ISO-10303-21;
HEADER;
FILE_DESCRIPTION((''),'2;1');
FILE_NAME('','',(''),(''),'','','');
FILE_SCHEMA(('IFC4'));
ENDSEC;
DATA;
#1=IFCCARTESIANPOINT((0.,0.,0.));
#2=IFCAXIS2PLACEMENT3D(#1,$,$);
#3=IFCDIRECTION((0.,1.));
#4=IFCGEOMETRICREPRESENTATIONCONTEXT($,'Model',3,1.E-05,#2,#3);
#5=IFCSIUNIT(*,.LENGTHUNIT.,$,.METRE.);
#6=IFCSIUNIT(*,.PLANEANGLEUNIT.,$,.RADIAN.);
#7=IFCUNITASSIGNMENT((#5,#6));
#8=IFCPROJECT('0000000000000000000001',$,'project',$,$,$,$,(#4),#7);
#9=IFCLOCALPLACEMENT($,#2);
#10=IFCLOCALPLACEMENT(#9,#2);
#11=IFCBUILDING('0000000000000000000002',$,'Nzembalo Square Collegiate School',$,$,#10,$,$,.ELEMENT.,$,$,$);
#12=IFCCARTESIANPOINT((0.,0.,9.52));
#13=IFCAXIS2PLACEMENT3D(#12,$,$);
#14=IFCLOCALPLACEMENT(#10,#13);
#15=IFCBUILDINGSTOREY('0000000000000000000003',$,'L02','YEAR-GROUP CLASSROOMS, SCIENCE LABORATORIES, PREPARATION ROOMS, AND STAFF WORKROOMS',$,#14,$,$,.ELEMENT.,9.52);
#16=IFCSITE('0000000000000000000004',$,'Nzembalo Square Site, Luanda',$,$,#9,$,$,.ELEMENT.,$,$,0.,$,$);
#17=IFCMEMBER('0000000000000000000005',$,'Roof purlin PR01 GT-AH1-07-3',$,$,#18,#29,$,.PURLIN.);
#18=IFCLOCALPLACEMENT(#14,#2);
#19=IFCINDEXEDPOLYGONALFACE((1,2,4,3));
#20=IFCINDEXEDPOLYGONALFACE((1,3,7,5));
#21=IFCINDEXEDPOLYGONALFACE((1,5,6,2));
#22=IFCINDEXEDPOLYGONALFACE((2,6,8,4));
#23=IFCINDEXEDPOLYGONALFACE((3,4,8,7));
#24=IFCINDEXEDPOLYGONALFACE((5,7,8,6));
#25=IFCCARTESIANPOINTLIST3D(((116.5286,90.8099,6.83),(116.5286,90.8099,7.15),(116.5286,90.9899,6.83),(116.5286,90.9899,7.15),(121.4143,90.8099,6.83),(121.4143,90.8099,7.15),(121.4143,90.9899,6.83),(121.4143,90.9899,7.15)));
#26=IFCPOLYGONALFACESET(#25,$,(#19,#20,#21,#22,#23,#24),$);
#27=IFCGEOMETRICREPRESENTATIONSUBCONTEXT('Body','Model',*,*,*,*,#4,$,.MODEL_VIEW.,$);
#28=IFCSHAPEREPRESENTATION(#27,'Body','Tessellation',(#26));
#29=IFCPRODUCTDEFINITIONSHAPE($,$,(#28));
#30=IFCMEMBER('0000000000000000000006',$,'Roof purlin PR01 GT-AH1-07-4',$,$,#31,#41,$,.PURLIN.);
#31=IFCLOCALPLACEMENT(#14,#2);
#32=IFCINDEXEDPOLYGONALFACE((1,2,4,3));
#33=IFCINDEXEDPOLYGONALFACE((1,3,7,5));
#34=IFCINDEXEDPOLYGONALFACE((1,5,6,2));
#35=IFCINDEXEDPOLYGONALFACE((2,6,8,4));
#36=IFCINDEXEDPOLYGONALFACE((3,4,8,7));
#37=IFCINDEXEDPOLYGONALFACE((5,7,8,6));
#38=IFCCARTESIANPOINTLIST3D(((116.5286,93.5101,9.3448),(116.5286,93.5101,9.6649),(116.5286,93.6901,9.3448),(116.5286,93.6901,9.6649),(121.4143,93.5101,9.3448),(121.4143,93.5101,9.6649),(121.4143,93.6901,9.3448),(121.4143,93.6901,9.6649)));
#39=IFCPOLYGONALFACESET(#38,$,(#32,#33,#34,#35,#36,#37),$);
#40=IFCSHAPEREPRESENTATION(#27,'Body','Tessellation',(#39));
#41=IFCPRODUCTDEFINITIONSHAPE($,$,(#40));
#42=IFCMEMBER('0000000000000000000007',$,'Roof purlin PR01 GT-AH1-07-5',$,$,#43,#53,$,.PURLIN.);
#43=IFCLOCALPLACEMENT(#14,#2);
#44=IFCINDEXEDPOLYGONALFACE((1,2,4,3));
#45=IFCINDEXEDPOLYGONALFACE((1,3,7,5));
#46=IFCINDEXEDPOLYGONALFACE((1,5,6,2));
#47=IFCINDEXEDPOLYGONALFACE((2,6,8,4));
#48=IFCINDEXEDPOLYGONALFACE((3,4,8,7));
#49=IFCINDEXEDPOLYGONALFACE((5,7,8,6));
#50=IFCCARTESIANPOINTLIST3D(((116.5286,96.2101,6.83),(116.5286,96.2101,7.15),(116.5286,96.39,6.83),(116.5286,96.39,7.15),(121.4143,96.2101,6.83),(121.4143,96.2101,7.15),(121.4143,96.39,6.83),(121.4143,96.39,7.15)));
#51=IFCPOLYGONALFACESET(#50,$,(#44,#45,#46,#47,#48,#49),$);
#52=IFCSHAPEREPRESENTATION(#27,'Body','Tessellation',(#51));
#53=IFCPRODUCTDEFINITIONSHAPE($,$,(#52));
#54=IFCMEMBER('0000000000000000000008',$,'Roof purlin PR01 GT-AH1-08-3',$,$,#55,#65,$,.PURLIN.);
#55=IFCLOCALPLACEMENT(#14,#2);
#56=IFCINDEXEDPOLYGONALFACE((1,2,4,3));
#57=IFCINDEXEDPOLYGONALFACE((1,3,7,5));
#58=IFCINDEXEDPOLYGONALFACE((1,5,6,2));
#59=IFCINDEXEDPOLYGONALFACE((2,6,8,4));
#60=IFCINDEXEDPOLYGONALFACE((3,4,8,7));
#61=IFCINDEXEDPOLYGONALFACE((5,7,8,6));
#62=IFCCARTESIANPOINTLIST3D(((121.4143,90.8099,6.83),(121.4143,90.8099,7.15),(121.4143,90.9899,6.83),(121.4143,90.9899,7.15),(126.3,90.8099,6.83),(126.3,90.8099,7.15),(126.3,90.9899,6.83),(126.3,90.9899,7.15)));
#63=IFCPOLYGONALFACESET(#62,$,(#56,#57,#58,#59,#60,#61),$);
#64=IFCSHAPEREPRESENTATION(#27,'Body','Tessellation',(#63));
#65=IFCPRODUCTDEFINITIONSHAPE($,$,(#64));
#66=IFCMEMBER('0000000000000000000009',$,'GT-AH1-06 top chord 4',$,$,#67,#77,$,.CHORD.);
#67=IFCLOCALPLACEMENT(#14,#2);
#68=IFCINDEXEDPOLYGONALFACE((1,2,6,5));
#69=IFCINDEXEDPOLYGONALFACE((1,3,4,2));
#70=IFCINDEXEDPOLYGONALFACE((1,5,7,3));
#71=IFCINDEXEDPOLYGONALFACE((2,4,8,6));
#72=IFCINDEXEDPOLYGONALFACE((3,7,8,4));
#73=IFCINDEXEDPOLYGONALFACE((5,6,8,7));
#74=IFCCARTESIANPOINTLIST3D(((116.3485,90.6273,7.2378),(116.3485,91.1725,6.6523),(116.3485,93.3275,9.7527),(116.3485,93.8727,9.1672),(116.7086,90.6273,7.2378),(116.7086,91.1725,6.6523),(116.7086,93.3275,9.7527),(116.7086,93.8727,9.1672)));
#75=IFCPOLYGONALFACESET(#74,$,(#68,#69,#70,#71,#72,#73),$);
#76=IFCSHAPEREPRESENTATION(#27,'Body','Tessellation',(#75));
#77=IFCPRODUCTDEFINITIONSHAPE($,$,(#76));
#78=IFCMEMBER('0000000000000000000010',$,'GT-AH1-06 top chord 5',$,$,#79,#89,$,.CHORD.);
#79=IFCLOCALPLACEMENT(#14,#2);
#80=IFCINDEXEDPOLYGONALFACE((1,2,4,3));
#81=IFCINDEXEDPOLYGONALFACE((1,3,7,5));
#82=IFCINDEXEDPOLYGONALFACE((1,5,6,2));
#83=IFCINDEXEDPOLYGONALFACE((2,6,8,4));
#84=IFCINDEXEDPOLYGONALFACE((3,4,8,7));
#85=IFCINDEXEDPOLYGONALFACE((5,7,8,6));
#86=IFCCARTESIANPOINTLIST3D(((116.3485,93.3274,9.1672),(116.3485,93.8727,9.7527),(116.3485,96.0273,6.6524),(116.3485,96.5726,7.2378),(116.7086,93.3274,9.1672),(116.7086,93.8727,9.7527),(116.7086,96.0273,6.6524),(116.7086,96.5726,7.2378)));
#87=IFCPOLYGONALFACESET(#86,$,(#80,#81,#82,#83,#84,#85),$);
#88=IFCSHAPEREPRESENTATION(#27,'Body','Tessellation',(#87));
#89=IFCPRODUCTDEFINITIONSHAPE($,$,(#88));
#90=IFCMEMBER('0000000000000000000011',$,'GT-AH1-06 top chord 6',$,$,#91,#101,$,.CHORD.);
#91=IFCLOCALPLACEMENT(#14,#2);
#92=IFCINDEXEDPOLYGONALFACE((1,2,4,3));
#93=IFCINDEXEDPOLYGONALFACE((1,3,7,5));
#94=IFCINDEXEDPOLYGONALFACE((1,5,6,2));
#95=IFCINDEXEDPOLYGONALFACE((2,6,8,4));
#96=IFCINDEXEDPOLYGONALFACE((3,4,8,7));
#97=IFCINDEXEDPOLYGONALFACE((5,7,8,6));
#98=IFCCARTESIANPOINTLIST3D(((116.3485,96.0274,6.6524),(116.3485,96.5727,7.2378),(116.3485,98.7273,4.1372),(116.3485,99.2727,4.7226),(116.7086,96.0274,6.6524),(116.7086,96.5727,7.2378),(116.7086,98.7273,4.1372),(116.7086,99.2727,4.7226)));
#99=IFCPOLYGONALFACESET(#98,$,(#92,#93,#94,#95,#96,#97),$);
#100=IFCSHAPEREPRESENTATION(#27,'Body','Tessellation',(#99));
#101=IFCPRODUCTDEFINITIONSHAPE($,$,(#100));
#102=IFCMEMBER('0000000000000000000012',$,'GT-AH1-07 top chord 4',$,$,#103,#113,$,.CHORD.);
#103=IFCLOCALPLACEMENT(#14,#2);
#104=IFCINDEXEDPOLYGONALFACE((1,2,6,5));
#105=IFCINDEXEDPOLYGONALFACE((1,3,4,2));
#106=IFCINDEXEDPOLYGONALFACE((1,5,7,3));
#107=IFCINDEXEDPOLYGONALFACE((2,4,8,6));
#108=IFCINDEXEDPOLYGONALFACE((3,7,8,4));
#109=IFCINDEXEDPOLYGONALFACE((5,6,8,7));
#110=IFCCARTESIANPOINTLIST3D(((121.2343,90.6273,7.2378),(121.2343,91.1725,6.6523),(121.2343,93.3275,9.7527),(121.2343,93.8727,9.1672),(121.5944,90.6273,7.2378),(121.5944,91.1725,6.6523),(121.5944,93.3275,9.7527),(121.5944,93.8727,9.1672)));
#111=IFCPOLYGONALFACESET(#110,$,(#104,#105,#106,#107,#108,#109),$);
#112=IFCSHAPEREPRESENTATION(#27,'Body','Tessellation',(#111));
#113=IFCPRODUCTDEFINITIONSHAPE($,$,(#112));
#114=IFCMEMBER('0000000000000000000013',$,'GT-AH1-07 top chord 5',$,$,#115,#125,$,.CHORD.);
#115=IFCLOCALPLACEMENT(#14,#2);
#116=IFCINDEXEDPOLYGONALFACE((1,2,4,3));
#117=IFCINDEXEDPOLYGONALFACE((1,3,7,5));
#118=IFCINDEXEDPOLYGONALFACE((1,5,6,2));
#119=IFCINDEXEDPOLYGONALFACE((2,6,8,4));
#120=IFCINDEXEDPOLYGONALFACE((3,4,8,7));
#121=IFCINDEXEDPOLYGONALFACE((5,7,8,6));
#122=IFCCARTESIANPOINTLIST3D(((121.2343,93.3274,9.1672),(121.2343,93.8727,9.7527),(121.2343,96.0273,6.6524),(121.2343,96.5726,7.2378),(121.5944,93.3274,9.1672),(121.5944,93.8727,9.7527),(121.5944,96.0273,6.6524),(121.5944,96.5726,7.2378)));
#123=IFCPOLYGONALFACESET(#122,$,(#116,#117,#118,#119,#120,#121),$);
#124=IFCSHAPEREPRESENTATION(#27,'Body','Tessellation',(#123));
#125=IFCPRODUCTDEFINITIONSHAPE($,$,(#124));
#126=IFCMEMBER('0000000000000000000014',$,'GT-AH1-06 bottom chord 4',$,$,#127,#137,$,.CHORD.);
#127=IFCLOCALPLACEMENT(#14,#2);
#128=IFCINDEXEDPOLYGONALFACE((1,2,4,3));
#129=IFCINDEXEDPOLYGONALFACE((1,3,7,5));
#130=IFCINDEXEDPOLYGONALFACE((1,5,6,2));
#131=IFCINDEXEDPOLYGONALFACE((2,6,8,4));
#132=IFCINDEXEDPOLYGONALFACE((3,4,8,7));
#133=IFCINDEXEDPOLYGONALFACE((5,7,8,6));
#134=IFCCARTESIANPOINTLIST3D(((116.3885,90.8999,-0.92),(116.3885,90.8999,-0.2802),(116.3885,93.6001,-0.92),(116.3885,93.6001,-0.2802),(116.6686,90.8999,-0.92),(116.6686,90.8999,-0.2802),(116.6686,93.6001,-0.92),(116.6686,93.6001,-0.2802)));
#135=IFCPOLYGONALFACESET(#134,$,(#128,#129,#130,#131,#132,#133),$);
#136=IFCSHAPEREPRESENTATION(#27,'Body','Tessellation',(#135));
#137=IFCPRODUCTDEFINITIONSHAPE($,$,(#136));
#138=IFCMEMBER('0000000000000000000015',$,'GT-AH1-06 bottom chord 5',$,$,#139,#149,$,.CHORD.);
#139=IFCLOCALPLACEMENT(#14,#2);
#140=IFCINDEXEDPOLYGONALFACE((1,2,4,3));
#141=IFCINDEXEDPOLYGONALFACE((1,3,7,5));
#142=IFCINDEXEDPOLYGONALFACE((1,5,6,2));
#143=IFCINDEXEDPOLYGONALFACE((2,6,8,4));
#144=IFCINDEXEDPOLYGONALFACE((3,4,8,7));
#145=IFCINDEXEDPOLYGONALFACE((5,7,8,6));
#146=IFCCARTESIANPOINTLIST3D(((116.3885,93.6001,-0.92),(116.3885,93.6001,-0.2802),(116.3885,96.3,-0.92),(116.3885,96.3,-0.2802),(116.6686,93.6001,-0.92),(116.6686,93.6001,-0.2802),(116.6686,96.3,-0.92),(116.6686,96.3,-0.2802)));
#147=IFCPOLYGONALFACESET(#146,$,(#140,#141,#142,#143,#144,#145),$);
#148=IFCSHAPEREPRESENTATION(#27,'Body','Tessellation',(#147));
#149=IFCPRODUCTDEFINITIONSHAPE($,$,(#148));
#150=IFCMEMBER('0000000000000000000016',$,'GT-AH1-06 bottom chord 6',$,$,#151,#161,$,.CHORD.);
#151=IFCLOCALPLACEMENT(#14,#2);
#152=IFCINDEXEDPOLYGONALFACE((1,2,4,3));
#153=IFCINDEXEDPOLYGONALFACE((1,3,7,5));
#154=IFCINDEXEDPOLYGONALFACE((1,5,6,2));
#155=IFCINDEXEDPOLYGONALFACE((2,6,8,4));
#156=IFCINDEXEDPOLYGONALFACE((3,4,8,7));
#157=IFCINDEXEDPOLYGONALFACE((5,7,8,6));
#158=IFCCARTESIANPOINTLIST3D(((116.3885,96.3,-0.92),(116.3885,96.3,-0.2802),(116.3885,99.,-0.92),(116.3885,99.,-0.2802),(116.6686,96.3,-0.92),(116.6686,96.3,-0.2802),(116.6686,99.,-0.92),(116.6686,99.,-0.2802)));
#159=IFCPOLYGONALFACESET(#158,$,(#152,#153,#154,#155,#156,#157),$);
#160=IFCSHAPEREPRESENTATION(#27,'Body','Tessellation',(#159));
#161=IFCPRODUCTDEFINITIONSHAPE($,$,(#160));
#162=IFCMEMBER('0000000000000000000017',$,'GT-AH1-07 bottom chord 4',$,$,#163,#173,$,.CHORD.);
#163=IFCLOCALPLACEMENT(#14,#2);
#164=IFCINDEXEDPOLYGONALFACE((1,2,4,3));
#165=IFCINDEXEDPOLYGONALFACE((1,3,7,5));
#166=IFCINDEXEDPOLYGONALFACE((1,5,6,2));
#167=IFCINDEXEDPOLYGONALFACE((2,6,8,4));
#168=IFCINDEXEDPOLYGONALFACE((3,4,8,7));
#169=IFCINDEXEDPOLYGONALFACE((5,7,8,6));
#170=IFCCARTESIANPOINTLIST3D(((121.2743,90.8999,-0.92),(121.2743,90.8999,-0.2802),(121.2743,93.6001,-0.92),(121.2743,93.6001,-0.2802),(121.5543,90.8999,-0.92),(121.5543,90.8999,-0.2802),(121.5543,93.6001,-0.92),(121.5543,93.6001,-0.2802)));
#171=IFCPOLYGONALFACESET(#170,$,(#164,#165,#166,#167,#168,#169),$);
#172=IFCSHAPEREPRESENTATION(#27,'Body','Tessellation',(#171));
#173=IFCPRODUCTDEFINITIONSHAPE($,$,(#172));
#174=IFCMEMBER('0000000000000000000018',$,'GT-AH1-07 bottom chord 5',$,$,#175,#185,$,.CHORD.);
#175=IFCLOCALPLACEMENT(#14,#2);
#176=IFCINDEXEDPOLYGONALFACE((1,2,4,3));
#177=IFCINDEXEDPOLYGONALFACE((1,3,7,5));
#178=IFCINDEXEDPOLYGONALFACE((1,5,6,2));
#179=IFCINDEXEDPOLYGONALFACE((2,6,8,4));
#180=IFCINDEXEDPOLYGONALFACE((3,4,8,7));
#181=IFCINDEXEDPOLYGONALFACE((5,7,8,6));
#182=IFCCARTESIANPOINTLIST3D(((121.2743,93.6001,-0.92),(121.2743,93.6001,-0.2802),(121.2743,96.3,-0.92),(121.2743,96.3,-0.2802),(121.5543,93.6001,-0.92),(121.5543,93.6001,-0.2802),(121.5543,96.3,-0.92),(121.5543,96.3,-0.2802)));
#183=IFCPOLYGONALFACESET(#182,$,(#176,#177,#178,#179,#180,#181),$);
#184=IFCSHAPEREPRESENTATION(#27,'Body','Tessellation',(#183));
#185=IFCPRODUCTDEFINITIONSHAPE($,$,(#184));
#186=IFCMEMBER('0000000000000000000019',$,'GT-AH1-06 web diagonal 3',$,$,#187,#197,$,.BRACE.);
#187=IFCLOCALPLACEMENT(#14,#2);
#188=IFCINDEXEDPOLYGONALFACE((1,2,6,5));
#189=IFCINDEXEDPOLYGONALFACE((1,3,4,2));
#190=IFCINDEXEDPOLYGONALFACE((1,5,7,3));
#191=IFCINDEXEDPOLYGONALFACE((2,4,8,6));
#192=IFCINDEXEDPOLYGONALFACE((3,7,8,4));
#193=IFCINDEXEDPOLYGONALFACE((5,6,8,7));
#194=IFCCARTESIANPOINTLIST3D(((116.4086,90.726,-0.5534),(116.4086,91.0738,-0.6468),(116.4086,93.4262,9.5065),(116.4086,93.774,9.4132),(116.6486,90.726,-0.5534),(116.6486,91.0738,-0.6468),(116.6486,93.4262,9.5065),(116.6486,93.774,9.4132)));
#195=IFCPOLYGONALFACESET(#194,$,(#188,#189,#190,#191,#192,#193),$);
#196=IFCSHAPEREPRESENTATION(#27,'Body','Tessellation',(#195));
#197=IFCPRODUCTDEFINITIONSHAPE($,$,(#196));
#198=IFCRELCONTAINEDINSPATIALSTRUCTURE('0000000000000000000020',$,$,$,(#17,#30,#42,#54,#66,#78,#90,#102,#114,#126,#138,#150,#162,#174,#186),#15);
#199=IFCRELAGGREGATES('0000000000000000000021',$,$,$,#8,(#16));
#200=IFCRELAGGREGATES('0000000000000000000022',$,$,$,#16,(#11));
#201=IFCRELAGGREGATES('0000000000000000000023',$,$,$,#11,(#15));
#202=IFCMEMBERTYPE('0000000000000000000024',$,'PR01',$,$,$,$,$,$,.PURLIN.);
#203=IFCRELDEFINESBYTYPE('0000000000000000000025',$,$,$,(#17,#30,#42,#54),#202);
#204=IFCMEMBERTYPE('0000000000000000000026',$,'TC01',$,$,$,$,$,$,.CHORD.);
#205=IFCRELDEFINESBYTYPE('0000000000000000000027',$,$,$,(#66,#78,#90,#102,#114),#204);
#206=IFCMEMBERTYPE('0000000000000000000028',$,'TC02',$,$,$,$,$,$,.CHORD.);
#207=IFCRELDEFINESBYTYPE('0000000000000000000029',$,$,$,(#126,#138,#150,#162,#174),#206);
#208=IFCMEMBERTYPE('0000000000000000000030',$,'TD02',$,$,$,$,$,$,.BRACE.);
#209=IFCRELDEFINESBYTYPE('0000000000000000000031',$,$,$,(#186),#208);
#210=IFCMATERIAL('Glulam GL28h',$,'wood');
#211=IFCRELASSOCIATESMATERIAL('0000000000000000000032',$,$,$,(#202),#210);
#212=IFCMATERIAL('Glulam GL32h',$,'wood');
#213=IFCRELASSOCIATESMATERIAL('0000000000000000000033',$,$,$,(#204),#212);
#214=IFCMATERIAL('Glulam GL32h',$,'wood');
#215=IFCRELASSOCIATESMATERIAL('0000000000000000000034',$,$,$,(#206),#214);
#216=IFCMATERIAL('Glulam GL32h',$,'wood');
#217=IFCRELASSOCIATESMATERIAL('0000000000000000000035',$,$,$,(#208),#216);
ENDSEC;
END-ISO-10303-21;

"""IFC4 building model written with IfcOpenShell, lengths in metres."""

from ifc_helpers import new_model, si_unit, direction, frame, origin, origin_2d, place, context, subcontext, project, spatial, rectangle, extrude, material, material_profile, profile_set, type_object, element, save


model = new_model("IFC4")

# Units and contexts
model_context = context("Model", 3, precision=1e-05, world=origin(), true_north=direction((0.0, 1.0)))
body_context = subcontext(model_context, "Body", "Model", "MODEL_VIEW")
ifc_project = project(units=[si_unit("LENGTHUNIT", "METRE"), si_unit("PLANEANGLEUNIT", "RADIAN")], contexts=[model_context])

# Site, building, storey
site_placement = place(None, origin())
site = spatial("IfcSite", under=ifc_project, at=site_placement, Name="Nzembalo Square Site, Luanda", CompositionType="ELEMENT", RefElevation=0.0)
building_placement = place(site_placement, origin())
building = spatial("IfcBuilding", under=site, at=building_placement, Name="Nzembalo Square Collegiate School", CompositionType="ELEMENT")
storey_placement = place(building_placement, frame((0.0, 0.0, 9.52)))
storey = spatial("IfcBuildingStorey", under=building, at=storey_placement, Name="L02", Description="YEAR-GROUP CLASSROOMS, SCIENCE LABORATORIES, PREPARATION ROOMS, AND STAFF WORKROOMS", CompositionType="ELEMENT", Elevation=9.52)

# Members
ifc_material_1 = material(Name="Glulam GL28h", Category="wood")
ifc_material_profile_1 = material_profile(ifc_material_1, rectangle(XDim=0.1799, YDim=0.3201, at=origin_2d()), Name="GL28h 180x320")
ifc_profile_set_1 = profile_set([ifc_material_profile_1], Name="Glulam GL28h")
member_type_1 = type_object("IfcMemberType", Name="PR01", PredefinedType="PURLIN", material=ifc_profile_set_1)
for number, where, z_axis, x_axis, name in (
    (1, (116.5286, 90.8999, 6.99), (1.0, 0.0, 0.0), (0.0, 1.0, 0.0), "Roof purlin PR01 GT-AH1-07-3"),
    (2, (116.5286, 93.6001, 9.5049), (1.0, 0.0, 0.0), (0.0, 1.0, 0.0), "Roof purlin PR01 GT-AH1-07-4"),
    (3, (116.5286, 96.3, 6.99), (1.0, 0.0, 0.0), (0.0, 1.0, 0.0), "Roof purlin PR01 GT-AH1-07-5"),
    (4, (121.4143, 90.8999, 6.99), (1.0, 0.0, 0.0), (0.0, 1.0, 0.0), "Roof purlin PR01 GT-AH1-08-3"),
):
    element("IfcMember", number, at=place(storey_placement, frame(where, z_axis=z_axis, x_axis=x_axis)), inside=storey, type_object=member_type_1, Name=name, PredefinedType="PURLIN", context=body_context, shape_type="SweptSolid", body=[
        extrude(rectangle(XDim=0.1799, YDim=0.3201, at=origin_2d()), origin(), (0.0, 0.0, 1.0), 4.8857),
    ])
ifc_material_2 = material(Name="Glulam GL32h", Category="wood")
ifc_material_profile_2 = material_profile(ifc_material_2, rectangle(XDim=0.3601, YDim=0.8, at=origin_2d()), Name="GL32h 360x800")
ifc_profile_set_2 = profile_set([ifc_material_profile_2], Name="Glulam GL32h")
member_type_2 = type_object("IfcMemberType", Name="TC01", PredefinedType="CHORD", material=ifc_profile_set_2)
member_1_placement = place(storey_placement, frame((116.5286, 90.8999, 6.9451), z_axis=(0.0, 0.73177, 0.681552), x_axis=(-1.0, 0.0, 0.0)))
element("IfcMember", 5, at=member_1_placement, inside=storey, type_object=member_type_2, Name="GT-AH1-06 top chord 4", PredefinedType="CHORD", context=body_context, shape_type="SweptSolid", body=[
    extrude(rectangle(XDim=0.3601, YDim=0.8, at=origin_2d()), origin(), (0.0, 0.0, 1.0), 3.6899),
])
member_2_placement = place(storey_placement, frame((116.5286, 93.6001, 9.46), z_axis=(0.0, 0.731739, -0.681585), x_axis=(-1.0, 0.0, 0.0)))
element("IfcMember", 6, at=member_2_placement, inside=storey, type_object=member_type_2, Name="GT-AH1-06 top chord 5", PredefinedType="CHORD", context=body_context, shape_type="SweptSolid", body=[
    extrude(rectangle(XDim=0.3601, YDim=0.8, at=origin_2d()), origin(), (0.0, 0.0, 1.0), 3.6897),
])
for number, where, z_axis, x_axis, name in (
    (7, (116.5286, 96.3, 6.9451), (0.0, 0.731706, -0.68162), (-1.0, 0.0, 0.0), "GT-AH1-06 top chord 6"),
    (8, (121.4143, 90.8999, 6.9451), (0.0, 0.73177, 0.681552), (-1.0, 0.0, 0.0), "GT-AH1-07 top chord 4"),
):
    element("IfcMember", number, at=place(storey_placement, frame(where, z_axis=z_axis, x_axis=x_axis)), inside=storey, type_object=member_type_2, Name=name, PredefinedType="CHORD", context=body_context, shape_type="SweptSolid", body=[
        extrude(rectangle(XDim=0.3601, YDim=0.8, at=origin_2d()), origin(), (0.0, 0.0, 1.0), 3.6899),
    ])
member_3_placement = place(storey_placement, frame((121.4143, 93.6001, 9.46), z_axis=(0.0, 0.731739, -0.681585), x_axis=(-1.0, 0.0, 0.0)))
element("IfcMember", 9, at=member_3_placement, inside=storey, type_object=member_type_2, Name="GT-AH1-07 top chord 5", PredefinedType="CHORD", context=body_context, shape_type="SweptSolid", body=[
    extrude(rectangle(XDim=0.3601, YDim=0.8, at=origin_2d()), origin(), (0.0, 0.0, 1.0), 3.6897),
])
ifc_material_3 = material(Name="Glulam GL32h", Category="wood")
ifc_material_profile_3 = material_profile(ifc_material_3, rectangle(XDim=0.28, YDim=0.6399, at=origin_2d()), Name="GL32h 280x640")
ifc_profile_set_3 = profile_set([ifc_material_profile_3], Name="Glulam GL32h")
member_type_3 = type_object("IfcMemberType", Name="TC02", PredefinedType="CHORD", material=ifc_profile_set_3)
member_4_placement = place(storey_placement, frame((116.5286, 90.8999, -0.6001), z_axis=(0.0, 1.0, 0.0), x_axis=(-1.0, 0.0, 0.0)))
element("IfcMember", 10, at=member_4_placement, inside=storey, type_object=member_type_3, Name="GT-AH1-06 bottom chord 4", PredefinedType="CHORD", context=body_context, shape_type="SweptSolid", body=[
    extrude(rectangle(XDim=0.28, YDim=0.6399, at=origin_2d()), origin(), (0.0, 0.0, 1.0), 2.7002),
])
for number, where, z_axis, x_axis, name in (
    (11, (116.5286, 93.6001, -0.6001), (0.0, 1.0, 0.0), (-1.0, 0.0, 0.0), "GT-AH1-06 bottom chord 5"),
    (12, (116.5286, 96.3, -0.6001), (0.0, 1.0, 0.0), (-1.0, 0.0, 0.0), "GT-AH1-06 bottom chord 6"),
):
    element("IfcMember", number, at=place(storey_placement, frame(where, z_axis=z_axis, x_axis=x_axis)), inside=storey, type_object=member_type_3, Name=name, PredefinedType="CHORD", context=body_context, shape_type="SweptSolid", body=[
        extrude(rectangle(XDim=0.28, YDim=0.6399, at=origin_2d()), origin(), (0.0, 0.0, 1.0), 2.7),
    ])
member_5_placement = place(storey_placement, frame((121.4143, 90.8999, -0.6001), z_axis=(0.0, 1.0, 0.0), x_axis=(-1.0, 0.0, 0.0)))
element("IfcMember", 13, at=member_5_placement, inside=storey, type_object=member_type_3, Name="GT-AH1-07 bottom chord 4", PredefinedType="CHORD", context=body_context, shape_type="SweptSolid", body=[
    extrude(rectangle(XDim=0.28, YDim=0.6399, at=origin_2d()), origin(), (0.0, 0.0, 1.0), 2.7002),
])
member_6_placement = place(storey_placement, frame((121.4143, 93.6001, -0.6001), z_axis=(0.0, 1.0, 0.0), x_axis=(-1.0, 0.0, 0.0)))
element("IfcMember", 14, at=member_6_placement, inside=storey, type_object=member_type_3, Name="GT-AH1-07 bottom chord 5", PredefinedType="CHORD", context=body_context, shape_type="SweptSolid", body=[
    extrude(rectangle(XDim=0.28, YDim=0.6399, at=origin_2d()), origin(), (0.0, 0.0, 1.0), 2.7),
])
ifc_material_4 = material(Name="Glulam GL32h", Category="wood")
ifc_material_profile_4 = material_profile(ifc_material_4, rectangle(XDim=0.24, YDim=0.3601, at=origin_2d()), Name="GL32h 240x360")
ifc_profile_set_4 = profile_set([ifc_material_profile_4], Name="Glulam GL32h")
member_type_4 = type_object("IfcMemberType", Name="TD02", PredefinedType="BRACE", material=ifc_profile_set_4)
for number, where, z_axis, x_axis, name in (
    (15, (116.5286, 90.8999, -0.6001), (0.0, 0.259232, 0.965815), (-1.0, 0.0, 0.0), "GT-AH1-06 web diagonal 3"),
):
    element("IfcMember", number, at=place(storey_placement, frame(where, z_axis=z_axis, x_axis=x_axis)), inside=storey, type_object=member_type_4, Name=name, PredefinedType="BRACE", context=body_context, shape_type="SweptSolid", body=[
        extrude(rectangle(XDim=0.24, YDim=0.3601, at=origin_2d()), origin(), (0.0, 0.0, 1.0), 10.416),
    ])

save(model, "model.ifc")
